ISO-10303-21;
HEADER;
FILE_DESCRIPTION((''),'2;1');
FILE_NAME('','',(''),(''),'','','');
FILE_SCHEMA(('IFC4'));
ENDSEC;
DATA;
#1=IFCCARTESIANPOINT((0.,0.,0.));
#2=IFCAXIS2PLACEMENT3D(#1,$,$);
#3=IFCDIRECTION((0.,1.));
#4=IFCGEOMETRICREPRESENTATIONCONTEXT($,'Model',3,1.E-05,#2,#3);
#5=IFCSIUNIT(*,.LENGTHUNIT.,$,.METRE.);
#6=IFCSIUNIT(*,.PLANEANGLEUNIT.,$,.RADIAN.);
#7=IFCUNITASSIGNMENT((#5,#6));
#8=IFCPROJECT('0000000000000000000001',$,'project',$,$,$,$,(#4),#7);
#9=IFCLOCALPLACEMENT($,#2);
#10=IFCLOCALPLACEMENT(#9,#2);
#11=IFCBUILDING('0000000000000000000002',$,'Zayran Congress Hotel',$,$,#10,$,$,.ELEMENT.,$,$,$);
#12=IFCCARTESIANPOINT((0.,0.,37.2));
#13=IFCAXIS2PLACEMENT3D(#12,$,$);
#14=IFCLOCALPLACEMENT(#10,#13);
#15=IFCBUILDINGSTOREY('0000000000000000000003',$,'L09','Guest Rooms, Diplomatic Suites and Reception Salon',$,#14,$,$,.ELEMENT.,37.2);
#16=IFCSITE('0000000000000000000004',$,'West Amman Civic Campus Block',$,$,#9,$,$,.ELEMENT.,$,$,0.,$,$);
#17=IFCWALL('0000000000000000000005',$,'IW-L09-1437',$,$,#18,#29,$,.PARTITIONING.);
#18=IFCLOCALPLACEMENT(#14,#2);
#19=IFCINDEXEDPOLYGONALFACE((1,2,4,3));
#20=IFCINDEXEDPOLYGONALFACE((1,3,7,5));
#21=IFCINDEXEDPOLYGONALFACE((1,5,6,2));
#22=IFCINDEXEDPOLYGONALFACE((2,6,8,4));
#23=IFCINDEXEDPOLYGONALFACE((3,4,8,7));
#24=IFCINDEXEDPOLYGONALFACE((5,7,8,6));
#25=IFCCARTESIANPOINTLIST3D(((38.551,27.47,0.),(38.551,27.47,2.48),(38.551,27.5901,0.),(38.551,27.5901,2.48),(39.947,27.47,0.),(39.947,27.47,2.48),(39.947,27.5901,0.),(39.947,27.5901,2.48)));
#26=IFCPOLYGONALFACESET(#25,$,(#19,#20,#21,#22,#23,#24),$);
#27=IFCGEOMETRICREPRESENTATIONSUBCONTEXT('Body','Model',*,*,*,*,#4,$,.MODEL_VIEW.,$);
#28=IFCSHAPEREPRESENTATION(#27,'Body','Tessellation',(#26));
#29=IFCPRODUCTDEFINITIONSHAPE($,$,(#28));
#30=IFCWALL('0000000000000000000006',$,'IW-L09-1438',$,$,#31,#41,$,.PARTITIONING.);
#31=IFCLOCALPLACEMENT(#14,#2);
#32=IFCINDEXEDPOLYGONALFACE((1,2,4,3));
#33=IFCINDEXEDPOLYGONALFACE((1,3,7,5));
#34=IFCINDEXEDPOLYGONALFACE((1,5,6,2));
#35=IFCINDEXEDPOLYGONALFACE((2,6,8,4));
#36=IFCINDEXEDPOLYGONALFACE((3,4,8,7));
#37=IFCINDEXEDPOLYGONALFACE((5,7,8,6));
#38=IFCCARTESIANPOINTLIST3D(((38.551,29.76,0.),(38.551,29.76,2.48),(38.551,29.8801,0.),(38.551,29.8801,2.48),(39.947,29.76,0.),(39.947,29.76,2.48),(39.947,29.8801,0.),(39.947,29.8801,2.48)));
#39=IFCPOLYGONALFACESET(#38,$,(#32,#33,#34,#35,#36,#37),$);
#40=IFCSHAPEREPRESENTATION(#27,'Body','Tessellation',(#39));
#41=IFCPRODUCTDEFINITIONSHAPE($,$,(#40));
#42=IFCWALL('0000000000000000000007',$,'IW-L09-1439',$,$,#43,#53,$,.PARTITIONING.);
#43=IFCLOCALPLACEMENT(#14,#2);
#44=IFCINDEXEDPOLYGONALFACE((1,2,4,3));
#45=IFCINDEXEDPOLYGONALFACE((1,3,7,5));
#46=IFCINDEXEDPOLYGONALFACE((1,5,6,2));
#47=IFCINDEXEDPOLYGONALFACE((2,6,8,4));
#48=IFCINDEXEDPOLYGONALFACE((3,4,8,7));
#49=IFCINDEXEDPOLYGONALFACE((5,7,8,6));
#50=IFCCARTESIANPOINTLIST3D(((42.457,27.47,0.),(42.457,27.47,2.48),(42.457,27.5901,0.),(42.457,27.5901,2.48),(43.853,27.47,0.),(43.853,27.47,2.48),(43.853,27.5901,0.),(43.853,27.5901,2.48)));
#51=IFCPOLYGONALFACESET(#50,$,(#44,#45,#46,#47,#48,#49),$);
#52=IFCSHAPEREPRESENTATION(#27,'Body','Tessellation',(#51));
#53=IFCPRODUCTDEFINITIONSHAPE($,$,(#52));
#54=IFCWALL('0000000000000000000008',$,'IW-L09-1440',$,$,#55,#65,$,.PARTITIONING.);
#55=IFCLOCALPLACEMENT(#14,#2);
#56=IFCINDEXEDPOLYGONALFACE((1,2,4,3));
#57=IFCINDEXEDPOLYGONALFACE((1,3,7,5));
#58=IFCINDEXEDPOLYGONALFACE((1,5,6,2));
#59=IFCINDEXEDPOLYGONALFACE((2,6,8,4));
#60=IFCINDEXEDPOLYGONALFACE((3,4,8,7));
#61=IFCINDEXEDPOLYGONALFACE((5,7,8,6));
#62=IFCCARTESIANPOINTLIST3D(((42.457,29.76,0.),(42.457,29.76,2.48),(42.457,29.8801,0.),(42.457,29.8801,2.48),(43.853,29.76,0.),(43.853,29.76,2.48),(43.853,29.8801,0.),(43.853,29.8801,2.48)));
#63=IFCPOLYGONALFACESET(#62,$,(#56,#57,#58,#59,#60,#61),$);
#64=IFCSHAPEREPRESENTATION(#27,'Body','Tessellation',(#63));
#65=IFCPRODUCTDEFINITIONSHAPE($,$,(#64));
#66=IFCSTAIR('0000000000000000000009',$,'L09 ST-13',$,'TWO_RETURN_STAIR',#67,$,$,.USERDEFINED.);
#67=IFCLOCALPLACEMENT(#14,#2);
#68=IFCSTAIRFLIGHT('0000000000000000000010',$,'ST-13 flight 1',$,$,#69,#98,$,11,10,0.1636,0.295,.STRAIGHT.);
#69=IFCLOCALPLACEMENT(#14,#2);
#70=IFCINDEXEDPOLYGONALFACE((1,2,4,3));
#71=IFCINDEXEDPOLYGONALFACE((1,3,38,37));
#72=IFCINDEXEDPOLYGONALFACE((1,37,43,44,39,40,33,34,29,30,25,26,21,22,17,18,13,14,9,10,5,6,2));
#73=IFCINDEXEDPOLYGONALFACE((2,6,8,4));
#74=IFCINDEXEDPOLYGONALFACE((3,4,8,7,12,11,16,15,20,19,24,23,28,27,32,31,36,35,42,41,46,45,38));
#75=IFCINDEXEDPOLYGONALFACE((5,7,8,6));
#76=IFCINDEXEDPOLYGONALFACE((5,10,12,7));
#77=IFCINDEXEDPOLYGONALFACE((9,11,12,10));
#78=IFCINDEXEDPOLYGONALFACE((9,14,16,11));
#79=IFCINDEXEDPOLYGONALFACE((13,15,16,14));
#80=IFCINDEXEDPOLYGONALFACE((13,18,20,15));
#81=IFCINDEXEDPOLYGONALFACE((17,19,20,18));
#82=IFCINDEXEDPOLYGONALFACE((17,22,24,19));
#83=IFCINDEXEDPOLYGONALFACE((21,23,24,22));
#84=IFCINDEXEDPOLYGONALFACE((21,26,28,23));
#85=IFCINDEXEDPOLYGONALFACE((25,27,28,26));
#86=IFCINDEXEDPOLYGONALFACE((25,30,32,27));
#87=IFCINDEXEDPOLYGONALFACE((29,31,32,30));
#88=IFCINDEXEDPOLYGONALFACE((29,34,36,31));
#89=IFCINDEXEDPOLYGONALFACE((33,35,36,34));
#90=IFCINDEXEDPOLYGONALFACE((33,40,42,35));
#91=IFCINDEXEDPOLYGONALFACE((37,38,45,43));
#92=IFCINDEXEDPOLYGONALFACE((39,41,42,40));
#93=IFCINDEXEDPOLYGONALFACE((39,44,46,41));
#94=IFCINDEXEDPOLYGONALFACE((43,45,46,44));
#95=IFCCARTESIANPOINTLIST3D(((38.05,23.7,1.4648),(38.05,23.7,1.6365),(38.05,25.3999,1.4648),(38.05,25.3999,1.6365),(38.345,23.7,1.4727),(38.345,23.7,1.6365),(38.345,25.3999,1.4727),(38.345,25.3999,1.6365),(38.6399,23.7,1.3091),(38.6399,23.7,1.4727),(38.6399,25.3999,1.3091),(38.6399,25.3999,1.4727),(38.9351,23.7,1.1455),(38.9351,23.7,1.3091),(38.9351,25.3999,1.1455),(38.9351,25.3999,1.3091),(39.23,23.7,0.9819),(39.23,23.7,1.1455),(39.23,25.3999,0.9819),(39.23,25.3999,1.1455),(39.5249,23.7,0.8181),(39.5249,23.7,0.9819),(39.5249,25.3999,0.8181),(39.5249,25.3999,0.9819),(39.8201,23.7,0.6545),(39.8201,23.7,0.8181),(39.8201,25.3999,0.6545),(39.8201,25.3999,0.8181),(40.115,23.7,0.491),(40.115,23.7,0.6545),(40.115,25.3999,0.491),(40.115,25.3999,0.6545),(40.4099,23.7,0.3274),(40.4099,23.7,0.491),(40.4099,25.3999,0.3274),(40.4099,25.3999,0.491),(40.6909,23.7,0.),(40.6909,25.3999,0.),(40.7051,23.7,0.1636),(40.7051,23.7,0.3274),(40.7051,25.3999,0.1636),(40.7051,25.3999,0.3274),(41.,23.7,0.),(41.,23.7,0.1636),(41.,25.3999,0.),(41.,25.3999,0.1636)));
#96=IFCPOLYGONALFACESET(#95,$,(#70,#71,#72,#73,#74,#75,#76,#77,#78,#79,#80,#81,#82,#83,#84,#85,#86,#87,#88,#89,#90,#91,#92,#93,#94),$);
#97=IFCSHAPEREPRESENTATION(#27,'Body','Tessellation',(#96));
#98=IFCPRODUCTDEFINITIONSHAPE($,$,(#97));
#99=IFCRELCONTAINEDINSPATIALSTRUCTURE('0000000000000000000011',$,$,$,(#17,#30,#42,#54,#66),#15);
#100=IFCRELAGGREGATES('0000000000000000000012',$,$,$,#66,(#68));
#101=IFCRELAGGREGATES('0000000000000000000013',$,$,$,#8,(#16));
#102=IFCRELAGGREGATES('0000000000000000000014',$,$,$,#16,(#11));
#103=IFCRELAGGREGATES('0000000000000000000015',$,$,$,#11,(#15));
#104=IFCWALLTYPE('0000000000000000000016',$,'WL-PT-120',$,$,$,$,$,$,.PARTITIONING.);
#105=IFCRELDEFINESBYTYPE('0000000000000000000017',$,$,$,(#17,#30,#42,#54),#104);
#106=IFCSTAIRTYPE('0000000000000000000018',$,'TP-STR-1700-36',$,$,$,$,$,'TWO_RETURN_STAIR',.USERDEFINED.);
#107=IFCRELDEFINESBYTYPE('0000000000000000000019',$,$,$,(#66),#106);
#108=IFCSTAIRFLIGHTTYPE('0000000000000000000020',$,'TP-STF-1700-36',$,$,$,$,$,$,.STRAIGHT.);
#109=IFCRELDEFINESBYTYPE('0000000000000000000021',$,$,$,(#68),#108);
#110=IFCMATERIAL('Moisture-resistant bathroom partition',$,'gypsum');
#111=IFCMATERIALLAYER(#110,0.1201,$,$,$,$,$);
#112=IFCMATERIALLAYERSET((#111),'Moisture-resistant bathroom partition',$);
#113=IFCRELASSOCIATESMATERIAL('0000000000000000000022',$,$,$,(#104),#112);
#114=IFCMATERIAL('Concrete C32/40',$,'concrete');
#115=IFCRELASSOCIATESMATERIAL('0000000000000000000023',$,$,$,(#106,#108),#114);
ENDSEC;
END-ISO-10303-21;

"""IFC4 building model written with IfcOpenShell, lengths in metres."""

from ifc_helpers import new_model, si_unit, direction, frame, frame_2d, origin, place, context, subcontext, project, spatial, polyline, rectangle, outline, extrude, material, layer, layer_set, type_object, element, aggregate, save


model = new_model("IFC4")

# Units and contexts
model_context = context("Model", 3, precision=1e-05, world=origin(), true_north=direction((0.0, 1.0)))
body_context = subcontext(model_context, "Body", "Model", "MODEL_VIEW")
ifc_project = project(units=[si_unit("LENGTHUNIT", "METRE"), si_unit("PLANEANGLEUNIT", "RADIAN")], contexts=[model_context])

# Site, building, storey
site_placement = place(None, origin())
site = spatial("IfcSite", under=ifc_project, at=site_placement, Name="West Amman Civic Campus Block", CompositionType="ELEMENT", RefElevation=0.0)
building_placement = place(site_placement, origin())
building = spatial("IfcBuilding", under=site, at=building_placement, Name="Zayran Congress Hotel", CompositionType="ELEMENT")
storey_placement = place(building_placement, frame((0.0, 0.0, 37.2)))
storey = spatial("IfcBuildingStorey", under=building, at=storey_placement, Name="L09", Description="Guest Rooms, Diplomatic Suites and Reception Salon", CompositionType="ELEMENT", Elevation=37.2)

# Shared definitions
ifc_material_1 = material(Name="Moisture-resistant bathroom partition", Category="gypsum")
ifc_layer_1 = layer(ifc_material_1, 0.1201)
ifc_layer_set_1 = layer_set([ifc_layer_1], Name="Moisture-resistant bathroom partition")
wall_type_1 = type_object("IfcWallType", Name="WL-PT-120", PredefinedType="PARTITIONING", material=ifc_layer_set_1)

# Walls
for number, where, z_axis, x_axis, name in (
    (1, (38.551, 27.53, 0.0), (0.0, 0.0, 1.0), (1.0, 0.0, 0.0), "IW-L09-1437"),
    (2, (38.551, 29.8201, 0.0), (0.0, 0.0, 1.0), (1.0, 0.0, 0.0), "IW-L09-1438"),
    (3, (42.457, 27.53, 0.0), (0.0, 0.0, 1.0), (1.0, 0.0, 0.0), "IW-L09-1439"),
    (4, (42.457, 29.8201, 0.0), (0.0, 0.0, 1.0), (1.0, 0.0, 0.0), "IW-L09-1440"),
):
    element("IfcWall", number, at=place(storey_placement, frame(where, z_axis=z_axis, x_axis=x_axis)), inside=storey, type_object=wall_type_1, Name=name, PredefinedType="PARTITIONING", context=body_context, shape_type="SweptSolid", body=[
        extrude(rectangle(XDim=1.396, YDim=0.1201, at=frame_2d((0.698, 0.0))), origin(), (0.0, 0.0, 1.0), 2.48),
    ])

# Stair, stair flight
ifc_material_2 = material(Name="Concrete C32/40", Category="concrete")
stair_type = type_object("IfcStairType", Name="TP-STR-1700-36", ElementType="TWO_RETURN_STAIR", PredefinedType="USERDEFINED", material=ifc_material_2)
stair_placement = place(storey_placement, origin())
stair = element("IfcStair", 5, at=stair_placement, inside=storey, type_object=stair_type, Name="L09 ST-13", ObjectType="TWO_RETURN_STAIR", PredefinedType="USERDEFINED")
stair_flight_type = type_object("IfcStairFlightType", Name="TP-STF-1700-36", PredefinedType="STRAIGHT", material=ifc_material_2)
stair_flight_placement = place(storey_placement, frame((41.0, 24.55, 0.0), z_axis=(0.0, 0.0, 1.0), x_axis=(-1.0, 0.0, 0.0)))
stair_flight = element("IfcStairFlight", 6, at=stair_flight_placement, type_object=stair_flight_type, Name="ST-13 flight 1", NumberOfRisers=11, NumberOfTreads=10, PredefinedType="STRAIGHT", RiserHeight=0.1636, TreadLength=0.295, context=body_context, shape_type="SweptSolid", body=[
    extrude(outline(polyline([(0.0, 0.0), (0.0, 0.1636), (0.2949, 0.1636), (0.2949, 0.3274), (0.5901, 0.3274), (0.5901, 0.491), (0.885, 0.491), (0.885, 0.6545), (1.1799, 0.6545), (1.1799, 0.8181), (1.4751, 0.8181), (1.4751, 0.9819), (1.77, 0.9819), (1.77, 1.1455), (2.0649, 1.1455), (2.0649, 1.3091), (2.3601, 1.3091), (2.3601, 1.4727), (2.655, 1.4727), (2.655, 1.6365), (2.95, 1.6365), (2.95, 1.8), (2.95, 1.4648), (0.3091, 0.0), (0.0, 0.0)])), frame((0.0, 0.8501, 0.0), z_axis=(0.0, -1.0, 0.0), x_axis=(1.0, 0.0, 0.0)), (0.0, 0.0, 1.0), 1.7),
])
aggregate(stair, [stair_flight])

save(model, "model.ifc")
